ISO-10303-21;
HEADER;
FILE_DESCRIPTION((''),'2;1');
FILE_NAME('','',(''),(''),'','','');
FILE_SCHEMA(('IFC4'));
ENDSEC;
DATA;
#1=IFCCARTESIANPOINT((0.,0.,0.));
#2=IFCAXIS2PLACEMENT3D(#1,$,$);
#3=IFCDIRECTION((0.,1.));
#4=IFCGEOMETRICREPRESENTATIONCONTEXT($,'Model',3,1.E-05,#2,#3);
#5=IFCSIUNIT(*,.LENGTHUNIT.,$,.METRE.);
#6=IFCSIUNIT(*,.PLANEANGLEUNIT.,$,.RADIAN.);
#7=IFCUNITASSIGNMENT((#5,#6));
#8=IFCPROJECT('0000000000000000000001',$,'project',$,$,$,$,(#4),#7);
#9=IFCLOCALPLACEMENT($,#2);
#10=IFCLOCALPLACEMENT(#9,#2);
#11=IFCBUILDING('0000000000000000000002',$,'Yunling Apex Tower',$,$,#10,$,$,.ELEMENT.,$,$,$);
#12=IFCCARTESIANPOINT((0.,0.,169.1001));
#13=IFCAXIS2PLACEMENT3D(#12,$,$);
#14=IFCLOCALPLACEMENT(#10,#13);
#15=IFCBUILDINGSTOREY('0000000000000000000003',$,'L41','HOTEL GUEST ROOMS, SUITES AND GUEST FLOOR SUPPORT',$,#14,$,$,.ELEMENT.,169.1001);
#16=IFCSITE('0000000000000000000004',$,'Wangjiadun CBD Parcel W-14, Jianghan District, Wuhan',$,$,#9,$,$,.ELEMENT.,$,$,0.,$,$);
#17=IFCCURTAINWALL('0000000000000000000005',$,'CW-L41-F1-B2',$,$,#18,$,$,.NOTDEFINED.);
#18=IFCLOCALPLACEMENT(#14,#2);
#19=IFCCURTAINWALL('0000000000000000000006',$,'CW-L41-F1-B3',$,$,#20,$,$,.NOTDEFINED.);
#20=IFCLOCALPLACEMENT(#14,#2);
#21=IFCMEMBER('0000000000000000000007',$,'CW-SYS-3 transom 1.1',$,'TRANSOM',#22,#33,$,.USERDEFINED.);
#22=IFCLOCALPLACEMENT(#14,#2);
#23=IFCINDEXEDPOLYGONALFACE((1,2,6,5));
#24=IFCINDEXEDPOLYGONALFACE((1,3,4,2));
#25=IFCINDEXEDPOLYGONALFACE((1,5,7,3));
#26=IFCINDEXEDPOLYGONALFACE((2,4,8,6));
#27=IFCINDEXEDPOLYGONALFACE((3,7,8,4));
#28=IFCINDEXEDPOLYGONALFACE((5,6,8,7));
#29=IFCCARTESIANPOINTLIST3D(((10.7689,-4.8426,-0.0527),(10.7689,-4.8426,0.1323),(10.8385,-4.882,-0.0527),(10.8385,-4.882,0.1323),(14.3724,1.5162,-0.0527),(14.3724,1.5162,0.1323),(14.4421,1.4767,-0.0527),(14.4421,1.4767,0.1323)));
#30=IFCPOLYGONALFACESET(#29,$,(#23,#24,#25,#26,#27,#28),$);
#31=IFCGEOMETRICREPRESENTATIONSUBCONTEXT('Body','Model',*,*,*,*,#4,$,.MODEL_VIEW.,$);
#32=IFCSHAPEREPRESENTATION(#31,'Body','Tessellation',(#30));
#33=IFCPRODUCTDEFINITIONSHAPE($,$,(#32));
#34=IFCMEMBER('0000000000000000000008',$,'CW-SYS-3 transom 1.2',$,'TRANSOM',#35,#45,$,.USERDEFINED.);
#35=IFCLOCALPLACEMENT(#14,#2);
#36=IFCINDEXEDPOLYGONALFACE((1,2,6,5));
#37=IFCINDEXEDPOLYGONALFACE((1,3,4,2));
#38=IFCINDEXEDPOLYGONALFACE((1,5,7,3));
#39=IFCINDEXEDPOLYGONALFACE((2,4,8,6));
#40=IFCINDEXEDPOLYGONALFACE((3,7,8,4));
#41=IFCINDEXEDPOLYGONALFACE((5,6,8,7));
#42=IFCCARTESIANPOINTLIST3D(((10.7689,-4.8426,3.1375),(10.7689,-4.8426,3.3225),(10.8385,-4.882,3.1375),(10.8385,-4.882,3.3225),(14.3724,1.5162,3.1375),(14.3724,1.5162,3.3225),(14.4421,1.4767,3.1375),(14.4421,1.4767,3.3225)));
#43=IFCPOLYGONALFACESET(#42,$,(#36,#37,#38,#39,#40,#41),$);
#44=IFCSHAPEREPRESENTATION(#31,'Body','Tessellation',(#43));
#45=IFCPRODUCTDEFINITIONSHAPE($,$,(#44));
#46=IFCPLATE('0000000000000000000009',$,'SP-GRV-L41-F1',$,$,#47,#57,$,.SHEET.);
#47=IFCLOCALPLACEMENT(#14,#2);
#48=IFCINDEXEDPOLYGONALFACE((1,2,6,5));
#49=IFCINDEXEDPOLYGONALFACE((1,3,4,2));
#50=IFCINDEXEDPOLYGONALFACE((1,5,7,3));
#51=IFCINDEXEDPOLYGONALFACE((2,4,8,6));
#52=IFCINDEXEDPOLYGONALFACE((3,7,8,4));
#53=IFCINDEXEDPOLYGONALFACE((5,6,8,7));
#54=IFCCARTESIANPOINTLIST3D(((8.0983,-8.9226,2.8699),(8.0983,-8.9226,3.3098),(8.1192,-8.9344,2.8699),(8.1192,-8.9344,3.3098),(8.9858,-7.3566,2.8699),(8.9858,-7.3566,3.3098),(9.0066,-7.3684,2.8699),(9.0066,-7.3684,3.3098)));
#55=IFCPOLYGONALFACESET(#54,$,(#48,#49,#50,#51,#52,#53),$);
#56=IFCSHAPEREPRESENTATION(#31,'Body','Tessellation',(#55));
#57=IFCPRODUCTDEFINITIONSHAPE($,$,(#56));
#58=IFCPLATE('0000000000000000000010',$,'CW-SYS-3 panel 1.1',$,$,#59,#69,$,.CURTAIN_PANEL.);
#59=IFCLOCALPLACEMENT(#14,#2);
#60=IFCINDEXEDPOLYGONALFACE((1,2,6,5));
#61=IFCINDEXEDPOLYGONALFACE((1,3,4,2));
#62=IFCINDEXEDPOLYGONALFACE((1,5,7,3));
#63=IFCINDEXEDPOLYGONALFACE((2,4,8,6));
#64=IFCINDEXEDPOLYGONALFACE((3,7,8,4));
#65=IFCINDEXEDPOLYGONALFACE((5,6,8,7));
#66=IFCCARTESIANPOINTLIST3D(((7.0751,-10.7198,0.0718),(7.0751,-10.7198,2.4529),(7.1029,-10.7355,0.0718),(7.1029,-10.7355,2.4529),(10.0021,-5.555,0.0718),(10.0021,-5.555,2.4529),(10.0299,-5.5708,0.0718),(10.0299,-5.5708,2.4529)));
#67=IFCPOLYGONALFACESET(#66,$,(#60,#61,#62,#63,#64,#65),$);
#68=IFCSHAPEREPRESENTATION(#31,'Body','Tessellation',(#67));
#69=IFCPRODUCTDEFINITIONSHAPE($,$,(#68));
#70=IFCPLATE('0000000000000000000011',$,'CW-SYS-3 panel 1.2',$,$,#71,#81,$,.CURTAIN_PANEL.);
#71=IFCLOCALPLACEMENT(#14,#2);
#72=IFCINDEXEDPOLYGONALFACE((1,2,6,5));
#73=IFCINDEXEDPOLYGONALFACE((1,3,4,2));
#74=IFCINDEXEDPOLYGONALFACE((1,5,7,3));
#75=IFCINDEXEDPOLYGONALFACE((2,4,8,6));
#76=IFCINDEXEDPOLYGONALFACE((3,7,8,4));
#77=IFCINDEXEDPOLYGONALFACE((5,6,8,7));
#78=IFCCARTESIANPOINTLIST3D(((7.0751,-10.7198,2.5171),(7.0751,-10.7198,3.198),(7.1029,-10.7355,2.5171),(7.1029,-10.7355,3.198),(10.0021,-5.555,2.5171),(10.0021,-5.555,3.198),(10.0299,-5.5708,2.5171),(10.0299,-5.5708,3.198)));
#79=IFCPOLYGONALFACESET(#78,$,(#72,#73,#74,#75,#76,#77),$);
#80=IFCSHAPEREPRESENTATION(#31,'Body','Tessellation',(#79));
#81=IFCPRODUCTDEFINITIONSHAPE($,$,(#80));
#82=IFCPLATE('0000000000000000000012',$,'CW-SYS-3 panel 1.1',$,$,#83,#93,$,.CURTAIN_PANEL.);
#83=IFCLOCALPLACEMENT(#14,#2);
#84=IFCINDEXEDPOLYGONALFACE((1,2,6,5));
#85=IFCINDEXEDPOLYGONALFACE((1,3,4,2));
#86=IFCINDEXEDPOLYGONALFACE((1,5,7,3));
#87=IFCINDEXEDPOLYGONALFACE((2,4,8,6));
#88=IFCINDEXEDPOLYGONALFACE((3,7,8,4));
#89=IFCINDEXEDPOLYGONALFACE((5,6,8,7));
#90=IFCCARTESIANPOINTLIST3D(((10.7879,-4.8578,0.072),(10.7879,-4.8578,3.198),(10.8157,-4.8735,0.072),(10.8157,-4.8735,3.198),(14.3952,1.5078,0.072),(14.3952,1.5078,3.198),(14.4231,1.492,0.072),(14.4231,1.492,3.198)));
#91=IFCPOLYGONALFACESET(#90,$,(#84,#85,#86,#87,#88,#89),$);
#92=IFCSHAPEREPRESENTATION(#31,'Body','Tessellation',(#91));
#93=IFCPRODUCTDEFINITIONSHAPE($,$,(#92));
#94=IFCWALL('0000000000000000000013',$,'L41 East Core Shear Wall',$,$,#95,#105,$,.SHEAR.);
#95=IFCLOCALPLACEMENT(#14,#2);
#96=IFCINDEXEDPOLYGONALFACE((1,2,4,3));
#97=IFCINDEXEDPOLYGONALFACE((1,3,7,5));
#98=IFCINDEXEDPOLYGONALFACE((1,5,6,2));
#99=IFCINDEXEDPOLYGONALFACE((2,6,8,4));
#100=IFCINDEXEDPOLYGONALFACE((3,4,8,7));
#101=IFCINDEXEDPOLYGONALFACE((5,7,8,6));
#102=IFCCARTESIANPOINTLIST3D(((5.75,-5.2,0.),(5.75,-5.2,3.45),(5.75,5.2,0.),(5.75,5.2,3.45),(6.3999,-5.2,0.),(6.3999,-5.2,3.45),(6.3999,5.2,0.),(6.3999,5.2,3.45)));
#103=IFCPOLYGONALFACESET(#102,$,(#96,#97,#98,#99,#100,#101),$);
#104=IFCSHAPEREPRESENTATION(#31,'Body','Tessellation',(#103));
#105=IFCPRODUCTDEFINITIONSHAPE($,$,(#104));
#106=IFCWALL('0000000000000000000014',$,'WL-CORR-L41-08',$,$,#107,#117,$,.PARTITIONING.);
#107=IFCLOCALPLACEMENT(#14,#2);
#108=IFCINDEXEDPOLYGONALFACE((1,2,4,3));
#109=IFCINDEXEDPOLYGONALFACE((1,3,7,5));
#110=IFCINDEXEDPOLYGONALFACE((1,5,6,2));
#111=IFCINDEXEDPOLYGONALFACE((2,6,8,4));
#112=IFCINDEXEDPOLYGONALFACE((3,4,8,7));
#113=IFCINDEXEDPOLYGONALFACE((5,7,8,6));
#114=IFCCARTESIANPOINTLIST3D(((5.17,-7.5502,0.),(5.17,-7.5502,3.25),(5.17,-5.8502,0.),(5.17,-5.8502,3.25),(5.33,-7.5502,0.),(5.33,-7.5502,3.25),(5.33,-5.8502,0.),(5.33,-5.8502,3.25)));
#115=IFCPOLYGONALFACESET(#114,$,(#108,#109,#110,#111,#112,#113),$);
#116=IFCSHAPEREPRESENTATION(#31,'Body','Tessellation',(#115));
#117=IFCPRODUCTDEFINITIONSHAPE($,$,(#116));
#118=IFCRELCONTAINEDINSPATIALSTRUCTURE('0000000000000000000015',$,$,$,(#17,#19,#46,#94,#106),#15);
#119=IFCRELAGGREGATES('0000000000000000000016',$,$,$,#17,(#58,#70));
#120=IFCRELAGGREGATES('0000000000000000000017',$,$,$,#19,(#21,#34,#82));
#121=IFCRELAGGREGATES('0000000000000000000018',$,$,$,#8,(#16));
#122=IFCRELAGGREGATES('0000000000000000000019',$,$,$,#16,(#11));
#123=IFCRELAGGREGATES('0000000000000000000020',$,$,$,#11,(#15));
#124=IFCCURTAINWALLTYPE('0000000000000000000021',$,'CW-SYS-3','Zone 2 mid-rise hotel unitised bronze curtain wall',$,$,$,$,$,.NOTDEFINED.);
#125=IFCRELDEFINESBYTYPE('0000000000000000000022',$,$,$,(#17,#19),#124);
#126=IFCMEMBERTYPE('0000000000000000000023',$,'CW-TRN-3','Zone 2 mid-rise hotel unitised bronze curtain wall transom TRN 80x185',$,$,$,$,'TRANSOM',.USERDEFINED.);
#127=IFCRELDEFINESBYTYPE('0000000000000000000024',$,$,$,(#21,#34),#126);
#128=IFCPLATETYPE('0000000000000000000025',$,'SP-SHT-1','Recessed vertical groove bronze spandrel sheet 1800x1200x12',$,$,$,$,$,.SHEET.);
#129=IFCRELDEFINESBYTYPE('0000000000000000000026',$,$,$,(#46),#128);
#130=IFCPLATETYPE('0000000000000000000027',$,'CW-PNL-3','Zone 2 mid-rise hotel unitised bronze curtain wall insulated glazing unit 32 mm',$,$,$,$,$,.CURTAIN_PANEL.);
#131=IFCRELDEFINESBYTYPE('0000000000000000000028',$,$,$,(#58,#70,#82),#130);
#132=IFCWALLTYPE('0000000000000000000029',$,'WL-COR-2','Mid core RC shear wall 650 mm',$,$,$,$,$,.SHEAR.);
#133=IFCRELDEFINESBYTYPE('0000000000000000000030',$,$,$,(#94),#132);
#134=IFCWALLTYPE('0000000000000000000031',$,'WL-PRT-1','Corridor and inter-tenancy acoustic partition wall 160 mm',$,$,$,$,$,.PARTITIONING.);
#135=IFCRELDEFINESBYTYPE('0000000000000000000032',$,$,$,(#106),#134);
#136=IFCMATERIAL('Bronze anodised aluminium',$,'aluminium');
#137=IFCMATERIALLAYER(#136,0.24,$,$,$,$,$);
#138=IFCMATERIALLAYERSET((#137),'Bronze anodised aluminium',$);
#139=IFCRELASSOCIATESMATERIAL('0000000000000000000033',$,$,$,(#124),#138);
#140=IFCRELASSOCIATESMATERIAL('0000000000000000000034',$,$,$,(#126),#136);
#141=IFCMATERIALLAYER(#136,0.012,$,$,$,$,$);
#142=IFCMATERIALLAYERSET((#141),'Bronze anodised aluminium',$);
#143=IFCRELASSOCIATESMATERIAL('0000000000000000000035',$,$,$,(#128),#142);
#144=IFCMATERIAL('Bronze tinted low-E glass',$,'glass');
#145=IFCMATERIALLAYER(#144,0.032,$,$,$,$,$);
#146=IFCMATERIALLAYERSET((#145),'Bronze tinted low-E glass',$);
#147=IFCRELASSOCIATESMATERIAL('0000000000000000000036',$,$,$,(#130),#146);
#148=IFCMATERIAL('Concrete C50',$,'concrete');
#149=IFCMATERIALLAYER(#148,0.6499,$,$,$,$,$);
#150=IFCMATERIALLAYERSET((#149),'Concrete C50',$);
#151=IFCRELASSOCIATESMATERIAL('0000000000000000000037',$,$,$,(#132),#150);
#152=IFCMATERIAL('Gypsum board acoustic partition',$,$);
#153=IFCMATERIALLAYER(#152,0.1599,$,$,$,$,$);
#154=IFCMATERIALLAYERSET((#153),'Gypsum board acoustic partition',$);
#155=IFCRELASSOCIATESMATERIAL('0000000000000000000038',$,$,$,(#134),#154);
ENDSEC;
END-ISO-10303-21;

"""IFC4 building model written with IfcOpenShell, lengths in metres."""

from ifc_helpers import new_model, si_unit, direction, frame, frame_2d, origin, origin_2d, place, context, subcontext, project, spatial, rectangle, extrude, source, transform, mapped, material, layer, layer_set, material_profile, profile_set, type_object, element, aggregate, save


model = new_model("IFC4")

# Units and contexts
model_context = context("Model", 3, precision=1e-05, world=origin(), true_north=direction((0.0, 1.0)))
body_context = subcontext(model_context, "Body", "Model", "MODEL_VIEW")
ifc_project = project(units=[si_unit("LENGTHUNIT", "METRE"), si_unit("PLANEANGLEUNIT", "RADIAN")], contexts=[model_context])

# Site, building, storey
site_placement = place(None, origin())
site = spatial("IfcSite", under=ifc_project, at=site_placement, Name="Wangjiadun CBD Parcel W-14, Jianghan District, Wuhan", CompositionType="ELEMENT", RefElevation=0.0)
building_placement = place(site_placement, origin())
building = spatial("IfcBuilding", under=site, at=building_placement, Name="Yunling Apex Tower", CompositionType="ELEMENT")
storey_placement = place(building_placement, frame((0.0, 0.0, 169.1001)))
storey = spatial("IfcBuildingStorey", under=building, at=storey_placement, Name="L41", Description="HOTEL GUEST ROOMS, SUITES AND GUEST FLOOR SUPPORT", CompositionType="ELEMENT", Elevation=169.1001)

# Shared definitions
ifc_material_1 = material(Name="Concrete C50", Category="concrete")

# Curtain wall
ifc_material_2 = material(Name="Bronze anodised aluminium", Category="aluminium")
ifc_layer_1 = layer(ifc_material_2, 0.24)
ifc_layer_set_1 = layer_set([ifc_layer_1], Name="Bronze anodised aluminium")
curtain_wall_type = type_object("IfcCurtainWallType", Name="CW-SYS-3", Description="Zone 2 mid-rise hotel unitised bronze curtain wall", PredefinedType="NOTDEFINED", material=ifc_layer_set_1)
curtain_wall_1_placement = place(storey_placement, origin())
curtain_wall_1 = element("IfcCurtainWall", 1, at=curtain_wall_1_placement, inside=storey, type_object=curtain_wall_type, Name="CW-L41-F1-B2", PredefinedType="NOTDEFINED")

# Curtain wall, members
curtain_wall_2_placement = place(storey_placement, origin())
curtain_wall_2 = element("IfcCurtainWall", 2, at=curtain_wall_2_placement, inside=storey, type_object=curtain_wall_type, Name="CW-L41-F1-B3", PredefinedType="NOTDEFINED")
ifc_material_profile_1 = material_profile(ifc_material_2, rectangle(XDim=0.0801, YDim=0.1851, at=origin_2d()))
ifc_profile_set_1 = profile_set([ifc_material_profile_1], Name="Bronze anodised aluminium")
member_type_1 = type_object("IfcMemberType", Name="CW-TRN-3", Description="Zone 2 mid-rise hotel unitised bronze curtain wall transom TRN 80x185", ElementType="TRANSOM", PredefinedType="USERDEFINED", material=ifc_profile_set_1)
shared_shape_1 = source(origin(), body_context, "Body", "SweptSolid", [
    extrude(rectangle(XDim=0.0801, YDim=0.1851, at=origin_2d()), origin(), (0.0, 0.0, 1.0), 7.3088),
])
member_1_placement = place(storey_placement, frame((10.8037, -4.8623, 0.0398), z_axis=(0.493042, 0.870005, 0.0), x_axis=(-0.870005, 0.493042, 0.0)))
member_1 = element("IfcMember", 3, at=member_1_placement, type_object=member_type_1, Name="CW-SYS-3 transom 1.1", ObjectType="TRANSOM", PredefinedType="USERDEFINED", context=body_context, shape_type="MappedRepresentation", body=[
    mapped(shared_shape_1, transform((0.0, 0.0, 0.0), scale=1.0)),
])
member_2_placement = place(storey_placement, frame((10.8037, -4.8623, 3.23), z_axis=(0.493042, 0.870005, 0.0), x_axis=(-0.870005, 0.493042, 0.0)))
member_2 = element("IfcMember", 4, at=member_2_placement, type_object=member_type_1, Name="CW-SYS-3 transom 1.2", ObjectType="TRANSOM", PredefinedType="USERDEFINED", context=body_context, shape_type="MappedRepresentation", body=[
    mapped(shared_shape_1, transform((0.0, 0.0, 0.0), scale=1.0)),
])

# Plates
ifc_layer_2 = layer(ifc_material_2, 0.012)
ifc_layer_set_2 = layer_set([ifc_layer_2], Name="Bronze anodised aluminium")
plate_type_1 = type_object("IfcPlateType", Name="SP-SHT-1", Description="Recessed vertical groove bronze spandrel sheet 1800x1200x12", PredefinedType="SHEET", material=ifc_layer_set_2)
shared_shape_2 = source(origin(), body_context, "Body", "SweptSolid", [
    extrude(rectangle(XDim=1.8, YDim=0.0239, at=origin_2d()), origin(), (0.0, 0.0, 1.0), 0.4399),
])
plate_1_placement = place(storey_placement, frame((8.5525, -8.1455, 2.8699), z_axis=(0.0, 0.0, 1.0), x_axis=(0.493031, 0.870012, 0.0)))
element("IfcPlate", 5, at=plate_1_placement, inside=storey, type_object=plate_type_1, Name="SP-GRV-L41-F1", PredefinedType="SHEET", context=body_context, shape_type="MappedRepresentation", body=[
    mapped(shared_shape_2, transform((0.0, 0.0, 0.0), scale=1.0)),
])
ifc_material_3 = material(Name="Bronze tinted low-E glass", Category="glass")
ifc_layer_3 = layer(ifc_material_3, 0.032)
ifc_layer_set_3 = layer_set([ifc_layer_3], Name="Bronze tinted low-E glass")
plate_type_2 = type_object("IfcPlateType", Name="CW-PNL-3", Description="Zone 2 mid-rise hotel unitised bronze curtain wall insulated glazing unit 32 mm", PredefinedType="CURTAIN_PANEL", material=ifc_layer_set_3)
shared_shape_3 = source(origin(), body_context, "Body", "SweptSolid", [
    extrude(rectangle(XDim=5.9365, YDim=0.032, at=origin_2d()), origin(), (0.0, 0.0, 1.0), 2.3811),
])
plate_2_placement = place(storey_placement, frame((8.5525, -8.1453, 0.0718), z_axis=(0.0, 0.0, 1.0), x_axis=(0.493047, 0.870003, 0.0)))
plate_2 = element("IfcPlate", 6, at=plate_2_placement, type_object=plate_type_2, Name="CW-SYS-3 panel 1.1", PredefinedType="CURTAIN_PANEL", context=body_context, shape_type="MappedRepresentation", body=[
    mapped(shared_shape_3, transform((0.0, 0.0, 0.0), scale=1.0)),
])
shared_shape_4 = source(origin(), body_context, "Body", "SweptSolid", [
    extrude(rectangle(XDim=5.9365, YDim=0.032, at=origin_2d()), origin(), (0.0, 0.0, 1.0), 0.6809),
])
plate_3_placement = place(storey_placement, frame((8.5525, -8.1453, 2.5171), z_axis=(0.0, 0.0, 1.0), x_axis=(0.493047, 0.870003, 0.0)))
plate_3 = element("IfcPlate", 7, at=plate_3_placement, type_object=plate_type_2, Name="CW-SYS-3 panel 1.2", PredefinedType="CURTAIN_PANEL", context=body_context, shape_type="MappedRepresentation", body=[
    mapped(shared_shape_4, transform((0.0, 0.0, 0.0), scale=1.0)),
])
aggregate(curtain_wall_1, [plate_2, plate_3])
shared_shape_5 = source(origin(), body_context, "Body", "SweptSolid", [
    extrude(rectangle(XDim=7.3167, YDim=0.032, at=origin_2d()), origin(), (0.0, 0.0, 1.0), 3.126),
])
plate_4_placement = place(storey_placement, frame((12.6055, -1.6829, 0.072), z_axis=(0.0, 0.0, 1.0), x_axis=(0.493035, 0.870009, 0.0)))
plate_4 = element("IfcPlate", 8, at=plate_4_placement, type_object=plate_type_2, Name="CW-SYS-3 panel 1.1", PredefinedType="CURTAIN_PANEL", context=body_context, shape_type="MappedRepresentation", body=[
    mapped(shared_shape_5, transform((0.0, 0.0, 0.0), scale=1.0)),
])
aggregate(curtain_wall_2, [member_1, member_2, plate_4])

# Walls
ifc_layer_4 = layer(ifc_material_1, 0.6499)
ifc_layer_set_4 = layer_set([ifc_layer_4], Name="Concrete C50")
wall_type_1 = type_object("IfcWallType", Name="WL-COR-2", Description="Mid core RC shear wall 650 mm", PredefinedType="SHEAR", material=ifc_layer_set_4)
wall_1_placement = place(storey_placement, frame((6.075, -5.2, 0.0), z_axis=(0.0, 0.0, 1.0), x_axis=(0.0, 1.0, 0.0)))
element("IfcWall", 9, at=wall_1_placement, inside=storey, type_object=wall_type_1, Name="L41 East Core Shear Wall", PredefinedType="SHEAR", context=body_context, shape_type="SweptSolid", body=[
    extrude(rectangle(XDim=10.3999, YDim=0.6499, at=frame_2d((5.2, 0.0))), origin(), (0.0, 0.0, 1.0), 3.45),
])
ifc_material_4 = material(Name="Gypsum board acoustic partition")
ifc_layer_5 = layer(ifc_material_4, 0.1599)
ifc_layer_set_5 = layer_set([ifc_layer_5], Name="Gypsum board acoustic partition")
wall_type_2 = type_object("IfcWallType", Name="WL-PRT-1", Description="Corridor and inter-tenancy acoustic partition wall 160 mm", PredefinedType="PARTITIONING", material=ifc_layer_set_5)
wall_2_placement = place(storey_placement, frame((5.25, -5.8501, 0.0), z_axis=(0.0, 0.0, 1.0), x_axis=(0.0, -1.0, 0.0)))
element("IfcWall", 10, at=wall_2_placement, inside=storey, type_object=wall_type_2, Name="WL-CORR-L41-08", PredefinedType="PARTITIONING", context=body_context, shape_type="SweptSolid", body=[
    extrude(rectangle(XDim=1.7, YDim=0.1599, at=frame_2d((0.8501, 0.0))), origin(), (0.0, 0.0, 1.0), 3.25),
])

save(model, "model.ifc")
